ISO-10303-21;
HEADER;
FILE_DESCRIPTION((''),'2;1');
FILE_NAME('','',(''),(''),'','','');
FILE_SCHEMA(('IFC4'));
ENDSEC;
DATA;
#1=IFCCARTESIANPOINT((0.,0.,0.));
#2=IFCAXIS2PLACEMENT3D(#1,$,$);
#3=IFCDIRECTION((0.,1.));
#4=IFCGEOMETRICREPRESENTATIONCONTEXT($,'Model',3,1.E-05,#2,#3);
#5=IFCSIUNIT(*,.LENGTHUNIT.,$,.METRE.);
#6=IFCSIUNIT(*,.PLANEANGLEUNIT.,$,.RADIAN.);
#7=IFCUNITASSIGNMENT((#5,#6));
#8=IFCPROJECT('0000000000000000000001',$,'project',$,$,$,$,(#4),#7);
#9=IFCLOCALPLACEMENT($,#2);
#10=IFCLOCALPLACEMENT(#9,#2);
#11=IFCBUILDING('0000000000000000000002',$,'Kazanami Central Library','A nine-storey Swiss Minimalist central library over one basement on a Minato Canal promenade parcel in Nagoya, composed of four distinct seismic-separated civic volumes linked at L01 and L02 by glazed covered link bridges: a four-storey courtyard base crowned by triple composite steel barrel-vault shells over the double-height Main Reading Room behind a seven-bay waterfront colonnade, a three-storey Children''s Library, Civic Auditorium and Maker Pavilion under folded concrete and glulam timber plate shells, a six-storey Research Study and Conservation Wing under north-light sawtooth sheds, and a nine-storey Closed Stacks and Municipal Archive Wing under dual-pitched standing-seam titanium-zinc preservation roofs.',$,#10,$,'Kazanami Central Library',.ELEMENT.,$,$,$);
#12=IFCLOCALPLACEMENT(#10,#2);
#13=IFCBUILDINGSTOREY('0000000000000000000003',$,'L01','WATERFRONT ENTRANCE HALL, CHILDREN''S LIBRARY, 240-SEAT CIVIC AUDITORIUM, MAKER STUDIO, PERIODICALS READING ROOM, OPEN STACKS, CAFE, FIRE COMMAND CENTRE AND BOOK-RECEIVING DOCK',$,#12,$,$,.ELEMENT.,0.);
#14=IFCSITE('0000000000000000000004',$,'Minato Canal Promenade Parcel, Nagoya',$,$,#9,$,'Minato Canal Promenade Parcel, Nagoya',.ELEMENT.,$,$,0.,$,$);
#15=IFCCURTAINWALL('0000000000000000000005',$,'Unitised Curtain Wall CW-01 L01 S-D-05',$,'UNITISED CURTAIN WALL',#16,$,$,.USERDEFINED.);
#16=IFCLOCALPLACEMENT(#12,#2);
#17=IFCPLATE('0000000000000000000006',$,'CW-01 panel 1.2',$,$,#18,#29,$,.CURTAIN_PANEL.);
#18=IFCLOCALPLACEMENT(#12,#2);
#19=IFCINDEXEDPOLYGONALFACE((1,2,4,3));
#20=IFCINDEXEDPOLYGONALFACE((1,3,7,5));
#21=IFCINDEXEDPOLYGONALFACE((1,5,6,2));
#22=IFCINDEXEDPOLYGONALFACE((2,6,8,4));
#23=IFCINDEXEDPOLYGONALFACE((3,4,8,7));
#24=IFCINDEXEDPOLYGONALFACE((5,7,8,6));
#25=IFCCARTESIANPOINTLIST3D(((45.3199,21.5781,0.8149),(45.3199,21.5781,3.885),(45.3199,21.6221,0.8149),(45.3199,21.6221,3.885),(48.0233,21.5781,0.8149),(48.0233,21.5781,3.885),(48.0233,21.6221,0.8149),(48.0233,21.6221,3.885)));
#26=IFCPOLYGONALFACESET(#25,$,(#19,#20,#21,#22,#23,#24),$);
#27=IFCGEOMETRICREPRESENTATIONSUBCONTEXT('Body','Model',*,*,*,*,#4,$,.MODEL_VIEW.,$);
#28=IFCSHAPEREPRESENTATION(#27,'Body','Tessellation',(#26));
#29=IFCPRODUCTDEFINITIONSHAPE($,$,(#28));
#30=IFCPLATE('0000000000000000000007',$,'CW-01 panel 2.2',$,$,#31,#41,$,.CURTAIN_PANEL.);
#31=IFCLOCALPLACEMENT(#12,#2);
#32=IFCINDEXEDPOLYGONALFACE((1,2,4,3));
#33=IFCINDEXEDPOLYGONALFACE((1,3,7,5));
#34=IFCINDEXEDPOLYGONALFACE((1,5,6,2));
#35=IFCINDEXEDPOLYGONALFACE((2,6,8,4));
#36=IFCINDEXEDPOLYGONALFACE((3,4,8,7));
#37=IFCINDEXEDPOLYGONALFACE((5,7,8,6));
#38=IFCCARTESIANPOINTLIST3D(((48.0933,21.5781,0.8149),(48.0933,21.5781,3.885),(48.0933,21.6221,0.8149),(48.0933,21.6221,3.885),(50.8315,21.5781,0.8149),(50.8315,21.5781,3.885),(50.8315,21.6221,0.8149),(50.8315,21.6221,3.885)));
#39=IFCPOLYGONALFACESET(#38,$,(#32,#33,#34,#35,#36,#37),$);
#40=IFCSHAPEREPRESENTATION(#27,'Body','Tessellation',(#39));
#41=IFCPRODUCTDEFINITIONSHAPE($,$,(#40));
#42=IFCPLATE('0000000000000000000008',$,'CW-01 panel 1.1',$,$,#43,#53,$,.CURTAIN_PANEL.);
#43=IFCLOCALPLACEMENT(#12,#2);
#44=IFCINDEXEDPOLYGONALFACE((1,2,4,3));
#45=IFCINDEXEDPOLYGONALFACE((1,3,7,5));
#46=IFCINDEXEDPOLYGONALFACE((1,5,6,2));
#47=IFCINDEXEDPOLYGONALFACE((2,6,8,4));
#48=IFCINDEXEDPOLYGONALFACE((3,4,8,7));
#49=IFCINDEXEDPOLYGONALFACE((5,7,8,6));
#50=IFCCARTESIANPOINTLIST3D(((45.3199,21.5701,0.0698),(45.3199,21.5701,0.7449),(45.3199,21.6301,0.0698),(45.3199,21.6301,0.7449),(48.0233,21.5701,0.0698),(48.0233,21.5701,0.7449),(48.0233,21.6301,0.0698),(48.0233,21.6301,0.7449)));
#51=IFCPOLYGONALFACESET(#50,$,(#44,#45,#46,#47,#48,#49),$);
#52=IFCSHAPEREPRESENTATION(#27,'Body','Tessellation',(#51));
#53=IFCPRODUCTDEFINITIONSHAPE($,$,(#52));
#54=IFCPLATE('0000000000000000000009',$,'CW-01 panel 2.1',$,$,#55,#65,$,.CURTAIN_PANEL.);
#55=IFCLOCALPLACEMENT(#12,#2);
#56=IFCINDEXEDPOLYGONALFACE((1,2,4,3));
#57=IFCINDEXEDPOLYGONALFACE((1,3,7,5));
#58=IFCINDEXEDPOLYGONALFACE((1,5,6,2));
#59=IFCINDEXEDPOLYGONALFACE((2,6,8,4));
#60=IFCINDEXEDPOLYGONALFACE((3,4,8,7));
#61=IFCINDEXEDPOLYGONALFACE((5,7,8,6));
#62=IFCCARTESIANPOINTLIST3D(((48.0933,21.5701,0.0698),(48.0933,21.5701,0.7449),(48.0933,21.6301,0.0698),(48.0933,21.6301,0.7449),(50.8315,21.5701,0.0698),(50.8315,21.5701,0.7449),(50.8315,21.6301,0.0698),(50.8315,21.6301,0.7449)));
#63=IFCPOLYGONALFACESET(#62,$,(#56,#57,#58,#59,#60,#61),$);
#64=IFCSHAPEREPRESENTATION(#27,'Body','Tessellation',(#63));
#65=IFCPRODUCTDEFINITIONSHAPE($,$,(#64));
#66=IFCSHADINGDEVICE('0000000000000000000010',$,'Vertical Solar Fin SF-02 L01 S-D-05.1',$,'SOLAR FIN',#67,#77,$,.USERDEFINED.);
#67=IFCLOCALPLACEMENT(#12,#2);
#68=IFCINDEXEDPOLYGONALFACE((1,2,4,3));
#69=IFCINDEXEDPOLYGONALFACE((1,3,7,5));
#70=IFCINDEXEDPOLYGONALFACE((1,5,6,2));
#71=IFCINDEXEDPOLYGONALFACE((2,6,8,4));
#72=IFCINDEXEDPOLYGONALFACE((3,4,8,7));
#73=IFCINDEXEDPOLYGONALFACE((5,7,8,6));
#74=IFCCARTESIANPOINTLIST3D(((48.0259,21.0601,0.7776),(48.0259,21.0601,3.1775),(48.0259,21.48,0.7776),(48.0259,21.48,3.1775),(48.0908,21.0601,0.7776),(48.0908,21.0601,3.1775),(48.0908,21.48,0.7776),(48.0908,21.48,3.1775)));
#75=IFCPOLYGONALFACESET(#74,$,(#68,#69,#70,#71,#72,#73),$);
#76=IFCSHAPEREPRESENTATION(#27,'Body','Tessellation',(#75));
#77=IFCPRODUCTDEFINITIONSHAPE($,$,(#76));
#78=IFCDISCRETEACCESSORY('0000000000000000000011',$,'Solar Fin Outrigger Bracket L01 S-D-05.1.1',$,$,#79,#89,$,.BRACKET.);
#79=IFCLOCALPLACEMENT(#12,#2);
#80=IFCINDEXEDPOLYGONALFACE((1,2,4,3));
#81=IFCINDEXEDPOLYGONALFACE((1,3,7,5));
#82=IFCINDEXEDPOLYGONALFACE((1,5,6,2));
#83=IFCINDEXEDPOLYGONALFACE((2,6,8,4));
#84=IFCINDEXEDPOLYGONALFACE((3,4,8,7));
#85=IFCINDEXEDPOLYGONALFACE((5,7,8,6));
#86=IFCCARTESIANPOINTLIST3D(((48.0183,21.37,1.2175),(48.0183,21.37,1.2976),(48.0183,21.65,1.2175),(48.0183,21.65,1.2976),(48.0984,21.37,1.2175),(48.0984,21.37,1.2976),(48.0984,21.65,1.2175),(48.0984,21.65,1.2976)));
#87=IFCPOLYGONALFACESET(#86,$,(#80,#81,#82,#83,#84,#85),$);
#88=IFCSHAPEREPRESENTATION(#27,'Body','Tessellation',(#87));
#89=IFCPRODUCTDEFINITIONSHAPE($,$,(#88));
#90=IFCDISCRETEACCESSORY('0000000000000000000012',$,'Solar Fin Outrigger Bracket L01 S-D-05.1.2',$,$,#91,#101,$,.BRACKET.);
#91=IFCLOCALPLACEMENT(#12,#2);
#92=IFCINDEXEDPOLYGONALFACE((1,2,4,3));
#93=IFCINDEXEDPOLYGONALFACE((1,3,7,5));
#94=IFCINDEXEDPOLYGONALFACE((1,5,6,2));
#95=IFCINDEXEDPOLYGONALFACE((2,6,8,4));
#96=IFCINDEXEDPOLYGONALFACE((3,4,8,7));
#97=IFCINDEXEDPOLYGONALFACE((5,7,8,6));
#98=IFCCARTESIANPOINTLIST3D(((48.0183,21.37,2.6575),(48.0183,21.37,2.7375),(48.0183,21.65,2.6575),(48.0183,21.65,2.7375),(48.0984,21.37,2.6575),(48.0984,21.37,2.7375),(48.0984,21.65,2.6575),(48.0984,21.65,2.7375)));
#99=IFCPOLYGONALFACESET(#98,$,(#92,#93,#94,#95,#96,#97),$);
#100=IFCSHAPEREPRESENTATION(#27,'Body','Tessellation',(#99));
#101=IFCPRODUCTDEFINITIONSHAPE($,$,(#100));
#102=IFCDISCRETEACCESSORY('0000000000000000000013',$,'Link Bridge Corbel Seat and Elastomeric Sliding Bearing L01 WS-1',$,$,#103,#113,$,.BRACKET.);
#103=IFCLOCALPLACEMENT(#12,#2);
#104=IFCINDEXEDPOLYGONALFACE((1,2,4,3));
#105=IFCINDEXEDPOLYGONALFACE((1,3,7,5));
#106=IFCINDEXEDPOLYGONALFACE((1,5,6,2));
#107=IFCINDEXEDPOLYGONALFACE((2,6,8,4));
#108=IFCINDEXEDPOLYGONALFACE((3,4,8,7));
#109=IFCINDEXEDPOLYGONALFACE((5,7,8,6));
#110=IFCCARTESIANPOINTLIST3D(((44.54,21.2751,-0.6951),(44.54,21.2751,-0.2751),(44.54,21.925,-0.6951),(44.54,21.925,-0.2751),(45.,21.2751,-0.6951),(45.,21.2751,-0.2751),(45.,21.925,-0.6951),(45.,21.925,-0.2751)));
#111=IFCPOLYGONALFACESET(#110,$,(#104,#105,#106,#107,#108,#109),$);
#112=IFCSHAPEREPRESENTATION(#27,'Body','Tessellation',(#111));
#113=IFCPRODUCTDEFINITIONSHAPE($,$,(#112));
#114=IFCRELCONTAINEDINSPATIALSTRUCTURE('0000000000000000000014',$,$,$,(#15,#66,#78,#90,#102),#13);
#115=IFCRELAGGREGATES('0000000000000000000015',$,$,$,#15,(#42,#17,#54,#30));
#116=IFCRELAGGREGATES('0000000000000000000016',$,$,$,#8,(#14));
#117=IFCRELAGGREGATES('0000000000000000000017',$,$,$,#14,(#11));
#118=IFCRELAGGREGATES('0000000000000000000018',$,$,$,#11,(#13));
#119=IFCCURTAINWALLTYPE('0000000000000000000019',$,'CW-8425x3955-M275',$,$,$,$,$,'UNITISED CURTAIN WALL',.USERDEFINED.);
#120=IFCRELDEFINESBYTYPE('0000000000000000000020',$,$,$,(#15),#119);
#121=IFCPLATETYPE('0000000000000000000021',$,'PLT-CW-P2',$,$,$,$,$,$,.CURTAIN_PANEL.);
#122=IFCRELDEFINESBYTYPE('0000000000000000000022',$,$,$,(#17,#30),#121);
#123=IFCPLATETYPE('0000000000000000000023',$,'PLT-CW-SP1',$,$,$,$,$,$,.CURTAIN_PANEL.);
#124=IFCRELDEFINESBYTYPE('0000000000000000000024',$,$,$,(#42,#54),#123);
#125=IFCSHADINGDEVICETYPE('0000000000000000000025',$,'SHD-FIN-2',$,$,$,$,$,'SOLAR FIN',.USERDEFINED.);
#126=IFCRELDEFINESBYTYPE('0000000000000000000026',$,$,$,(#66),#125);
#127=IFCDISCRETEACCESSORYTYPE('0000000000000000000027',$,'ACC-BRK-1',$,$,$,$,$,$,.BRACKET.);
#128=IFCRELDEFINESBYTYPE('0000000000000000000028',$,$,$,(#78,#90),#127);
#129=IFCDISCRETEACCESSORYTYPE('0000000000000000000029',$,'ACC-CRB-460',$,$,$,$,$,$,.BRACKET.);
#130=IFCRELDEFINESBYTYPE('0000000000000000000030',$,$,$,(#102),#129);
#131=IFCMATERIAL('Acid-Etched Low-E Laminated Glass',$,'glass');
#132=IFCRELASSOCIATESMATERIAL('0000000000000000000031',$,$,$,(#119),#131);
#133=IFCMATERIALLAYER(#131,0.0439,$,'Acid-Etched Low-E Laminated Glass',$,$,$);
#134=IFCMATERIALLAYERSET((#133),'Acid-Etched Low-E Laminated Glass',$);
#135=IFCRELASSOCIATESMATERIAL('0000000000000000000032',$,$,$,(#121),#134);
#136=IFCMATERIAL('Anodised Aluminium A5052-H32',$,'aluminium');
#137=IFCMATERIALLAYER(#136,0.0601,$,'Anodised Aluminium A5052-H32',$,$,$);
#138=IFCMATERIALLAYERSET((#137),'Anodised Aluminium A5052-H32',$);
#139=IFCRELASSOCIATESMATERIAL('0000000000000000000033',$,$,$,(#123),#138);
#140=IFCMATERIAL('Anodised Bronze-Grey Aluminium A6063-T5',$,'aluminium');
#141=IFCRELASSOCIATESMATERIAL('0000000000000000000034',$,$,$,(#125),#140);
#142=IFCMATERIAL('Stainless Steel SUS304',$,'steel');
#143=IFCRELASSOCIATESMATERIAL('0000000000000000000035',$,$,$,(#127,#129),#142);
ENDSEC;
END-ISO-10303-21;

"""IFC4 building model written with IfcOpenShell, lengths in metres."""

from ifc_helpers import new_model, si_unit, direction, frame, origin, origin_2d, place, context, subcontext, project, spatial, rectangle, extrude, material, layer, layer_set, type_object, element, aggregate, save


model = new_model("IFC4")

# Units and contexts
model_context = context("Model", 3, precision=1e-05, world=origin(), true_north=direction((0.0, 1.0)))
body_context = subcontext(model_context, "Body", "Model", "MODEL_VIEW")
ifc_project = project(units=[si_unit("LENGTHUNIT", "METRE"), si_unit("PLANEANGLEUNIT", "RADIAN")], contexts=[model_context])

# Site, building, storey
site_placement = place(None, origin())
site = spatial("IfcSite", under=ifc_project, at=site_placement, Name="Minato Canal Promenade Parcel, Nagoya", LongName="Minato Canal Promenade Parcel, Nagoya", CompositionType="ELEMENT", RefElevation=0.0)
building_placement = place(site_placement, origin())
building = spatial("IfcBuilding", under=site, at=building_placement, Name="Kazanami Central Library", Description="A nine-storey Swiss Minimalist central library over one basement on a Minato Canal promenade parcel in Nagoya, composed of four distinct seismic-separated civic volumes linked at L01 and L02 by glazed covered link bridges: a four-storey courtyard base crowned by triple composite steel barrel-vault shells over the double-height Main Reading Room behind a seven-bay waterfront colonnade, a three-storey Children's Library, Civic Auditorium and Maker Pavilion under folded concrete and glulam timber plate shells, a six-storey Research Study and Conservation Wing under north-light sawtooth sheds, and a nine-storey Closed Stacks and Municipal Archive Wing under dual-pitched standing-seam titanium-zinc preservation roofs.", LongName="Kazanami Central Library", CompositionType="ELEMENT")
storey_placement = place(building_placement, origin())
storey = spatial("IfcBuildingStorey", under=building, at=storey_placement, Name="L01", Description="WATERFRONT ENTRANCE HALL, CHILDREN'S LIBRARY, 240-SEAT CIVIC AUDITORIUM, MAKER STUDIO, PERIODICALS READING ROOM, OPEN STACKS, CAFE, FIRE COMMAND CENTRE AND BOOK-RECEIVING DOCK", CompositionType="ELEMENT", Elevation=0.0)

# Curtain wall
ifc_material_1 = material(Name="Acid-Etched Low-E Laminated Glass", Category="glass")
curtain_wall_type = type_object("IfcCurtainWallType", Name="CW-8425x3955-M275", ElementType="UNITISED CURTAIN WALL", PredefinedType="USERDEFINED", material=ifc_material_1)
curtain_wall_placement = place(storey_placement, origin())
curtain_wall = element("IfcCurtainWall", 1, at=curtain_wall_placement, inside=storey, type_object=curtain_wall_type, Name="Unitised Curtain Wall CW-01 L01 S-D-05", ObjectType="UNITISED CURTAIN WALL", PredefinedType="USERDEFINED")

# Plates
ifc_layer_1 = layer(ifc_material_1, 0.0439, Name="Acid-Etched Low-E Laminated Glass")
ifc_layer_set_1 = layer_set([ifc_layer_1], Name="Acid-Etched Low-E Laminated Glass")
plate_type_1 = type_object("IfcPlateType", Name="PLT-CW-P2", PredefinedType="CURTAIN_PANEL", material=ifc_layer_set_1)
plate_1_placement = place(storey_placement, frame((46.6716, 21.6001, 0.8149), z_axis=(0.0, 0.0, 1.0), x_axis=(1.0, 0.0, 0.0)))
plate_1 = element("IfcPlate", 2, at=plate_1_placement, type_object=plate_type_1, Name="CW-01 panel 1.2", PredefinedType="CURTAIN_PANEL", context=body_context, shape_type="SweptSolid", body=[
    extrude(rectangle(XDim=2.7034, YDim=0.0439, at=origin_2d()), origin(), (0.0, 0.0, 1.0), 3.0701),
])
plate_2_placement = place(storey_placement, frame((49.4624, 21.6001, 0.8149), z_axis=(0.0, 0.0, 1.0), x_axis=(1.0, 0.0, 0.0)))
plate_2 = element("IfcPlate", 3, at=plate_2_placement, type_object=plate_type_1, Name="CW-01 panel 2.2", PredefinedType="CURTAIN_PANEL", context=body_context, shape_type="SweptSolid", body=[
    extrude(rectangle(XDim=2.7383, YDim=0.0439, at=origin_2d()), origin(), (0.0, 0.0, 1.0), 3.0701),
])
ifc_material_2 = material(Name="Anodised Aluminium A5052-H32", Category="aluminium")
ifc_layer_2 = layer(ifc_material_2, 0.0601, Name="Anodised Aluminium A5052-H32")
ifc_layer_set_2 = layer_set([ifc_layer_2], Name="Anodised Aluminium A5052-H32")
plate_type_2 = type_object("IfcPlateType", Name="PLT-CW-SP1", PredefinedType="CURTAIN_PANEL", material=ifc_layer_set_2)
plate_3_placement = place(storey_placement, frame((46.6716, 21.6001, 0.0698), z_axis=(0.0, 0.0, 1.0), x_axis=(1.0, 0.0, 0.0)))
plate_3 = element("IfcPlate", 4, at=plate_3_placement, type_object=plate_type_2, Name="CW-01 panel 1.1", PredefinedType="CURTAIN_PANEL", context=body_context, shape_type="SweptSolid", body=[
    extrude(rectangle(XDim=2.7034, YDim=0.0601, at=origin_2d()), origin(), (0.0, 0.0, 1.0), 0.675),
])
plate_4_placement = place(storey_placement, frame((49.4624, 21.6001, 0.0698), z_axis=(0.0, 0.0, 1.0), x_axis=(1.0, 0.0, 0.0)))
plate_4 = element("IfcPlate", 5, at=plate_4_placement, type_object=plate_type_2, Name="CW-01 panel 2.1", PredefinedType="CURTAIN_PANEL", context=body_context, shape_type="SweptSolid", body=[
    extrude(rectangle(XDim=2.7383, YDim=0.0601, at=origin_2d()), origin(), (0.0, 0.0, 1.0), 0.675),
])
aggregate(curtain_wall, [plate_3, plate_1, plate_4, plate_2])

# Shading device
ifc_material_3 = material(Name="Anodised Bronze-Grey Aluminium A6063-T5", Category="aluminium")
shading_device_type = type_object("IfcShadingDeviceType", Name="SHD-FIN-2", ElementType="SOLAR FIN", PredefinedType="USERDEFINED", material=ifc_material_3)
shading_device_placement = place(storey_placement, frame((48.0583, 21.27, 0.7776), z_axis=(0.0, 0.0, 1.0), x_axis=(1.0, 0.0, 0.0)))
element("IfcShadingDevice", 6, at=shading_device_placement, inside=storey, type_object=shading_device_type, Name="Vertical Solar Fin SF-02 L01 S-D-05.1", ObjectType="SOLAR FIN", PredefinedType="USERDEFINED", context=body_context, shape_type="SweptSolid", body=[
    extrude(rectangle(XDim=0.0649, YDim=0.4199, at=origin_2d()), origin(), (0.0, 0.0, 1.0), 2.3999),
])

# Discrete accessories
ifc_material_4 = material(Name="Stainless Steel SUS304", Category="steel")
discrete_accessory_type_1 = type_object("IfcDiscreteAccessoryType", Name="ACC-BRK-1", PredefinedType="BRACKET", material=ifc_material_4)
for number, where, z_axis, x_axis, name in (
    (7, (48.0583, 21.51, 1.2175), (0.0, 0.0, 1.0), (1.0, 0.0, 0.0), "Solar Fin Outrigger Bracket L01 S-D-05.1.1"),
    (8, (48.0583, 21.51, 2.6575), (0.0, 0.0, 1.0), (1.0, 0.0, 0.0), "Solar Fin Outrigger Bracket L01 S-D-05.1.2"),
):
    element("IfcDiscreteAccessory", number, at=place(storey_placement, frame(where, z_axis=z_axis, x_axis=x_axis)), inside=storey, type_object=discrete_accessory_type_1, Name=name, PredefinedType="BRACKET", context=body_context, shape_type="SweptSolid", body=[
        extrude(rectangle(XDim=0.0801, YDim=0.28, at=origin_2d()), origin(), (0.0, 0.0, 1.0), 0.0801),
    ])
discrete_accessory_type_2 = type_object("IfcDiscreteAccessoryType", Name="ACC-CRB-460", PredefinedType="BRACKET", material=ifc_material_4)
discrete_accessory_placement = place(storey_placement, frame((44.77, 21.6001, -0.6951), z_axis=(0.0, 0.0, 1.0), x_axis=(1.0, 0.0, 0.0)))
element("IfcDiscreteAccessory", 9, at=discrete_accessory_placement, inside=storey, type_object=discrete_accessory_type_2, Name="Link Bridge Corbel Seat and Elastomeric Sliding Bearing L01 WS-1", PredefinedType="BRACKET", context=body_context, shape_type="SweptSolid", body=[
    extrude(rectangle(XDim=0.46, YDim=0.6499, at=origin_2d()), origin(), (0.0, 0.0, 1.0), 0.4199),
])

save(model, "model.ifc")
